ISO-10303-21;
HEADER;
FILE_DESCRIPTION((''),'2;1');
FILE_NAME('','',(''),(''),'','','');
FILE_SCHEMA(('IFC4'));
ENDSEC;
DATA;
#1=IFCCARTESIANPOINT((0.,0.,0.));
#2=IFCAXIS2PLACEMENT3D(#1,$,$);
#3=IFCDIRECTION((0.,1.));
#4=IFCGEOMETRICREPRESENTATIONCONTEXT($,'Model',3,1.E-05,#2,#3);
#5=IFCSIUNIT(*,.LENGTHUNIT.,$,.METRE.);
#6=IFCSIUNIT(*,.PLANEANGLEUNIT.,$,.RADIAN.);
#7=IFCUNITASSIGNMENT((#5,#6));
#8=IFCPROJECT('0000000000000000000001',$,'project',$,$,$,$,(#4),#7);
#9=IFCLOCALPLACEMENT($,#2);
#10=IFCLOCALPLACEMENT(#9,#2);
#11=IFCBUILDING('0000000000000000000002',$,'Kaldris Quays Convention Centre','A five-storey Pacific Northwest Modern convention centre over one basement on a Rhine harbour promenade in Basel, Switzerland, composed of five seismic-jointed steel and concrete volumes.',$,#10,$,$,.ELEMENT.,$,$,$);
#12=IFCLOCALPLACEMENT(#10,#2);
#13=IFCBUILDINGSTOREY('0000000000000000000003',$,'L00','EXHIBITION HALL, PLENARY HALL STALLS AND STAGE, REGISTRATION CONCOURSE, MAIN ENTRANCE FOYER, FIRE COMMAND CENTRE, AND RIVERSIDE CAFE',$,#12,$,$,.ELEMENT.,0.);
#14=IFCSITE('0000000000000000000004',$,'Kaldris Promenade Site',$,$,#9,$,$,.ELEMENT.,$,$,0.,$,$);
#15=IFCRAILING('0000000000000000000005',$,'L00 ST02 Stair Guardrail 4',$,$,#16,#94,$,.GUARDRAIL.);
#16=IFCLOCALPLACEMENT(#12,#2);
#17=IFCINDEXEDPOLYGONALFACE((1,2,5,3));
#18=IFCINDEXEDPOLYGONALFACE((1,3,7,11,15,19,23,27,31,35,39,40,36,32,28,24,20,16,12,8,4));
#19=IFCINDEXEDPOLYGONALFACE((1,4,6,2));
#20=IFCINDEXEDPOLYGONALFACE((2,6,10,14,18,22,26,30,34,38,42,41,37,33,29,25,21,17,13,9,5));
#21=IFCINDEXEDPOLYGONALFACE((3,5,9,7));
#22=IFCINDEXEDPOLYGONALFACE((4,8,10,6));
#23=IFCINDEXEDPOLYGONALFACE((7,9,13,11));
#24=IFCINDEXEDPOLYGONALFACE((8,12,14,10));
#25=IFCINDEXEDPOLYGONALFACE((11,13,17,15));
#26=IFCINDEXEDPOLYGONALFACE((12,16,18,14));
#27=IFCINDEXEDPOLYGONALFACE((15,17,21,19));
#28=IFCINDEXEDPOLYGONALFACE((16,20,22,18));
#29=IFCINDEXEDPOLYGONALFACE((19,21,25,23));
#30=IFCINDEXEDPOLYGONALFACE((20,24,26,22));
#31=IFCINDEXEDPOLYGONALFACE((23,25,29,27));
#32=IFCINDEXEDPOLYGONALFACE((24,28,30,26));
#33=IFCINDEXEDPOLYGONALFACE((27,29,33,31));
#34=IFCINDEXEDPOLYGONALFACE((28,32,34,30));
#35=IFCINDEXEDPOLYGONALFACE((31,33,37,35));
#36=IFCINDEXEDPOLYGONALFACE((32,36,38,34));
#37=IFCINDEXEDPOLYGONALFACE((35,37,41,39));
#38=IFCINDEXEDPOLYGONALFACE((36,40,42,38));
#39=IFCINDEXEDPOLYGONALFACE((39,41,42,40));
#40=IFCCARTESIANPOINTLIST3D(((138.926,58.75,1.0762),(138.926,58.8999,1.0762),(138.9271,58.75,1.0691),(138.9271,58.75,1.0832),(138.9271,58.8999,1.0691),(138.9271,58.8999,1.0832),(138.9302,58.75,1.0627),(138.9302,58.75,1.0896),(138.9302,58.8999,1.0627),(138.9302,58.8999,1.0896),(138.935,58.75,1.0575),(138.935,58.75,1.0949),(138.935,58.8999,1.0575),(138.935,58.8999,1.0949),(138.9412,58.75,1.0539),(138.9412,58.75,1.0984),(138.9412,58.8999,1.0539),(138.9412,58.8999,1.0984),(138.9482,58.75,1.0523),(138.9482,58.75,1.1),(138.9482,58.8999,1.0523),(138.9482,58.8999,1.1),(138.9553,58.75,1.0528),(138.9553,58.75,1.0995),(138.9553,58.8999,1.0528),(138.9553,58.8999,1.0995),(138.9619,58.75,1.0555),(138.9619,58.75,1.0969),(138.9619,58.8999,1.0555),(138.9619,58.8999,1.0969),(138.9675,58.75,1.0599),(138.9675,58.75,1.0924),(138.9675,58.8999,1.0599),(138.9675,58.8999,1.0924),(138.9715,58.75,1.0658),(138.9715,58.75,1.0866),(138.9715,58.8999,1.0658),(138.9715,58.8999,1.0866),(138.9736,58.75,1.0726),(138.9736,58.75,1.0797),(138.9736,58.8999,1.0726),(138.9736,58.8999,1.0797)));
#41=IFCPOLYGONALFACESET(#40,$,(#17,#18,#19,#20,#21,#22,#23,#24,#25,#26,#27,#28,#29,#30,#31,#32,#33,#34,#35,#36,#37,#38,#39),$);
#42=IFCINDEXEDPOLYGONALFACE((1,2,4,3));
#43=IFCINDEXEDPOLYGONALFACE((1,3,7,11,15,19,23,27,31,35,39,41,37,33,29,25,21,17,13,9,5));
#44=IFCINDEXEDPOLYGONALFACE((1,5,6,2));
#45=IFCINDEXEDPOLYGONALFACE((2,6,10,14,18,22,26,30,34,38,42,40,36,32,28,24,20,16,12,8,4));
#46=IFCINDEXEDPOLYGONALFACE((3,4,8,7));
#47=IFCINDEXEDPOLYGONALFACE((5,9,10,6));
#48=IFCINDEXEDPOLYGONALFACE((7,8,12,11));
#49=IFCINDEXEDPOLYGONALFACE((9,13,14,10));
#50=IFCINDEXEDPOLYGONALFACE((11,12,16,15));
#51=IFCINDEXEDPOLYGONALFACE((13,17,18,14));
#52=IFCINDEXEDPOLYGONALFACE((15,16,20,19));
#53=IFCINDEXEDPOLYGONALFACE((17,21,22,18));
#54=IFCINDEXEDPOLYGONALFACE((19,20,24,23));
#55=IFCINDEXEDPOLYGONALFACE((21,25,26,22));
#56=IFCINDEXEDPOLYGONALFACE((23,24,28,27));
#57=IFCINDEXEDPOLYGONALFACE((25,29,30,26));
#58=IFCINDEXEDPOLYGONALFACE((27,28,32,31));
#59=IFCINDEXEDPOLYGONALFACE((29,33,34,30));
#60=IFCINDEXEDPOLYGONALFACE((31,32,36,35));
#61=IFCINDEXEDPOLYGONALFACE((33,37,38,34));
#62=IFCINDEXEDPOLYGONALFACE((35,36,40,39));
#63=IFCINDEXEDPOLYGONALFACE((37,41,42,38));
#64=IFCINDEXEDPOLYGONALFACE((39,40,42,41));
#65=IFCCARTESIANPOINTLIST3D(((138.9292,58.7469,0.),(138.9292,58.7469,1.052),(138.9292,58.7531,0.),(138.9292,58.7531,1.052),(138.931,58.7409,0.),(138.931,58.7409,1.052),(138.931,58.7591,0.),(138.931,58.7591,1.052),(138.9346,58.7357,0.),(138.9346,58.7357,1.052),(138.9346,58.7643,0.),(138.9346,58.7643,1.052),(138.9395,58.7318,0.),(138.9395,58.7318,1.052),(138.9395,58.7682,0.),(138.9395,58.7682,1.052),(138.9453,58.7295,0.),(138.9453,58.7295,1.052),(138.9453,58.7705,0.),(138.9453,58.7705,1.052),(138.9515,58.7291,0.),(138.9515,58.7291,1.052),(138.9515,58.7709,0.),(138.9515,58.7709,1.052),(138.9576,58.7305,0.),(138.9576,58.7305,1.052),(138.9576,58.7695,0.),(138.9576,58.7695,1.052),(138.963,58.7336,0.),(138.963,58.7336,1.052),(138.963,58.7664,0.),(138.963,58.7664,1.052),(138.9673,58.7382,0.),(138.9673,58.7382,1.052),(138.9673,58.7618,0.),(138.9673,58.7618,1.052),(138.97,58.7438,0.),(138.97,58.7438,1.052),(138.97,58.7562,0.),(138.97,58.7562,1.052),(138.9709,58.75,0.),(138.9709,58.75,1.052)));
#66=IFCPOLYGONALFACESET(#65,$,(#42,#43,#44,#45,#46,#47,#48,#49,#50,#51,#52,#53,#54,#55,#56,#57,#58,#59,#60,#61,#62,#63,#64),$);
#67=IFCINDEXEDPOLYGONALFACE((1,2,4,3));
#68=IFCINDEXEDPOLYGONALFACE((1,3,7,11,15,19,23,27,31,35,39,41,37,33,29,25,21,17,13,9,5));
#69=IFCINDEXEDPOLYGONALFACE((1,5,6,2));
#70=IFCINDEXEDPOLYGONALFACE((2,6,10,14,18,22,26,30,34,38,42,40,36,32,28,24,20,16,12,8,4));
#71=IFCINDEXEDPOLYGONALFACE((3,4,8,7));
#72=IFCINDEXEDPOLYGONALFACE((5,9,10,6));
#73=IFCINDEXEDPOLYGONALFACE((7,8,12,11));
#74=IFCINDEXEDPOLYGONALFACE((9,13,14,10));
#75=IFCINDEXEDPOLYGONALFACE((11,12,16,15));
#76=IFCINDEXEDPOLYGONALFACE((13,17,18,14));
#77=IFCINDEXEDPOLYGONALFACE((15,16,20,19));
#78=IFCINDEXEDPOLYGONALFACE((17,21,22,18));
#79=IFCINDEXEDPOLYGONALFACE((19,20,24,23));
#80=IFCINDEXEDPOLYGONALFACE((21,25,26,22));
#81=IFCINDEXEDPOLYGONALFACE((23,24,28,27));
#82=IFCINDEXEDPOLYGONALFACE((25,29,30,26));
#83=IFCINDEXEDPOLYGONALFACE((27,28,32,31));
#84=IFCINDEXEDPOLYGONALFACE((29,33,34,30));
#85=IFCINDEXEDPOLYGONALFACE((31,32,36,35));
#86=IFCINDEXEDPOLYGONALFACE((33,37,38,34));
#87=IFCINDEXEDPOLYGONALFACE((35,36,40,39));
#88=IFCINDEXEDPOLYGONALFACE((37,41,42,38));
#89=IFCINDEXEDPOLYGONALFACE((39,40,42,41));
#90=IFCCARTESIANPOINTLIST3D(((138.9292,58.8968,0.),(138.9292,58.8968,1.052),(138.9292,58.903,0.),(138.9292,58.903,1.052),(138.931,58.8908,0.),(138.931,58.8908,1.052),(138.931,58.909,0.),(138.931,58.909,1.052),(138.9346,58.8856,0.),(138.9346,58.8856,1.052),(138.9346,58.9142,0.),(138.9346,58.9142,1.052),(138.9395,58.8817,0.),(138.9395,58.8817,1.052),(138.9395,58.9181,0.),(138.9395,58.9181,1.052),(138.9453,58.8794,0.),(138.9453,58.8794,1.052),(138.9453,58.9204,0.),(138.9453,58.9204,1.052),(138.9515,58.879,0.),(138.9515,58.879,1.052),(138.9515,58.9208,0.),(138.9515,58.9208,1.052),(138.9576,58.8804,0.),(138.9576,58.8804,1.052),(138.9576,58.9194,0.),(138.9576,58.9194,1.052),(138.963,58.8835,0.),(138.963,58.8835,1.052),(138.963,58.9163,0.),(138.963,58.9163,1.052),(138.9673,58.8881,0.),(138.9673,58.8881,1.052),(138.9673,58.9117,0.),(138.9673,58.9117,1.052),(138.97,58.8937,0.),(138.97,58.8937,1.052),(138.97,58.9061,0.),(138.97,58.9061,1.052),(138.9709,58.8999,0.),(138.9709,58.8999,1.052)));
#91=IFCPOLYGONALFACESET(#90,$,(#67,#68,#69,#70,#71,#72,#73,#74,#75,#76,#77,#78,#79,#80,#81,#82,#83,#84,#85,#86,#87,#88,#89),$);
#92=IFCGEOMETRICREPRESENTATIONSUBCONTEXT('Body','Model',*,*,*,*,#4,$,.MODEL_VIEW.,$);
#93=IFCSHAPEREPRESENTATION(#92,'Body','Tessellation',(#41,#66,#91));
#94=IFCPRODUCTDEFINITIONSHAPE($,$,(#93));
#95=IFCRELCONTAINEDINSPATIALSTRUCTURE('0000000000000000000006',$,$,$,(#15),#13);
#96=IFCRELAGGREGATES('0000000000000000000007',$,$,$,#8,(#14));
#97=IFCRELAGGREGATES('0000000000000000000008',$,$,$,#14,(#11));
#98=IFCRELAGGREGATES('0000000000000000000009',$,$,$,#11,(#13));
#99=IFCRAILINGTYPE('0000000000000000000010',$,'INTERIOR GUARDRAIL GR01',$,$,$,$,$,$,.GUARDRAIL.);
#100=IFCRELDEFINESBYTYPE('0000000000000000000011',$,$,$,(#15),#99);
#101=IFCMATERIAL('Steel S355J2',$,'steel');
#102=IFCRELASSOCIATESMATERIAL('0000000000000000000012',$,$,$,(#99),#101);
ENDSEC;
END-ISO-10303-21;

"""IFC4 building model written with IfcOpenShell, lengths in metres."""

from ifc_helpers import new_model, si_unit, direction, frame, origin, origin_2d, place, context, subcontext, project, spatial, circle, extrude, material, type_object, element, save


model = new_model("IFC4")

# Units and contexts
model_context = context("Model", 3, precision=1e-05, world=origin(), true_north=direction((0.0, 1.0)))
body_context = subcontext(model_context, "Body", "Model", "MODEL_VIEW")
ifc_project = project(units=[si_unit("LENGTHUNIT", "METRE"), si_unit("PLANEANGLEUNIT", "RADIAN")], contexts=[model_context])

# Site, building, storey
site_placement = place(None, origin())
site = spatial("IfcSite", under=ifc_project, at=site_placement, Name="Kaldris Promenade Site", CompositionType="ELEMENT", RefElevation=0.0)
building_placement = place(site_placement, origin())
building = spatial("IfcBuilding", under=site, at=building_placement, Name="Kaldris Quays Convention Centre", Description="A five-storey Pacific Northwest Modern convention centre over one basement on a Rhine harbour promenade in Basel, Switzerland, composed of five seismic-jointed steel and concrete volumes.", CompositionType="ELEMENT")
storey_placement = place(building_placement, origin())
storey = spatial("IfcBuildingStorey", under=building, at=storey_placement, Name="L00", Description="EXHIBITION HALL, PLENARY HALL STALLS AND STAGE, REGISTRATION CONCOURSE, MAIN ENTRANCE FOYER, FIRE COMMAND CENTRE, AND RIVERSIDE CAFE", CompositionType="ELEMENT", Elevation=0.0)

# Shared definitions
ifc_material_1 = material(Name="Steel S355J2", Category="steel")

# Railing
railing_type_1 = type_object("IfcRailingType", Name="INTERIOR GUARDRAIL GR01", PredefinedType="GUARDRAIL", material=ifc_material_1)
railing_1_placement = place(storey_placement, frame((138.95, 58.75, 0.0)))
element("IfcRailing", 1, at=railing_1_placement, inside=storey, type_object=railing_type_1, Name="L00 ST02 Stair Guardrail 4", PredefinedType="GUARDRAIL", context=body_context, shape_type="SweptSolid", body=[
    extrude(circle(Radius=0.0239, at=origin_2d()), frame((0.0, 0.0, 1.0762), z_axis=(0.0, 1.0, 0.0), x_axis=(-1.0, 0.0, 0.0)), (0.0, 0.0, 1.0), 0.1499),
    extrude(circle(Radius=0.021, at=origin_2d()), origin(), (0.0, 0.0, 1.0), 1.052),
    extrude(circle(Radius=0.021, at=origin_2d()), frame((0.0, 0.1499, 0.0)), (0.0, 0.0, 1.0), 1.052),
])

save(model, "model.ifc")
